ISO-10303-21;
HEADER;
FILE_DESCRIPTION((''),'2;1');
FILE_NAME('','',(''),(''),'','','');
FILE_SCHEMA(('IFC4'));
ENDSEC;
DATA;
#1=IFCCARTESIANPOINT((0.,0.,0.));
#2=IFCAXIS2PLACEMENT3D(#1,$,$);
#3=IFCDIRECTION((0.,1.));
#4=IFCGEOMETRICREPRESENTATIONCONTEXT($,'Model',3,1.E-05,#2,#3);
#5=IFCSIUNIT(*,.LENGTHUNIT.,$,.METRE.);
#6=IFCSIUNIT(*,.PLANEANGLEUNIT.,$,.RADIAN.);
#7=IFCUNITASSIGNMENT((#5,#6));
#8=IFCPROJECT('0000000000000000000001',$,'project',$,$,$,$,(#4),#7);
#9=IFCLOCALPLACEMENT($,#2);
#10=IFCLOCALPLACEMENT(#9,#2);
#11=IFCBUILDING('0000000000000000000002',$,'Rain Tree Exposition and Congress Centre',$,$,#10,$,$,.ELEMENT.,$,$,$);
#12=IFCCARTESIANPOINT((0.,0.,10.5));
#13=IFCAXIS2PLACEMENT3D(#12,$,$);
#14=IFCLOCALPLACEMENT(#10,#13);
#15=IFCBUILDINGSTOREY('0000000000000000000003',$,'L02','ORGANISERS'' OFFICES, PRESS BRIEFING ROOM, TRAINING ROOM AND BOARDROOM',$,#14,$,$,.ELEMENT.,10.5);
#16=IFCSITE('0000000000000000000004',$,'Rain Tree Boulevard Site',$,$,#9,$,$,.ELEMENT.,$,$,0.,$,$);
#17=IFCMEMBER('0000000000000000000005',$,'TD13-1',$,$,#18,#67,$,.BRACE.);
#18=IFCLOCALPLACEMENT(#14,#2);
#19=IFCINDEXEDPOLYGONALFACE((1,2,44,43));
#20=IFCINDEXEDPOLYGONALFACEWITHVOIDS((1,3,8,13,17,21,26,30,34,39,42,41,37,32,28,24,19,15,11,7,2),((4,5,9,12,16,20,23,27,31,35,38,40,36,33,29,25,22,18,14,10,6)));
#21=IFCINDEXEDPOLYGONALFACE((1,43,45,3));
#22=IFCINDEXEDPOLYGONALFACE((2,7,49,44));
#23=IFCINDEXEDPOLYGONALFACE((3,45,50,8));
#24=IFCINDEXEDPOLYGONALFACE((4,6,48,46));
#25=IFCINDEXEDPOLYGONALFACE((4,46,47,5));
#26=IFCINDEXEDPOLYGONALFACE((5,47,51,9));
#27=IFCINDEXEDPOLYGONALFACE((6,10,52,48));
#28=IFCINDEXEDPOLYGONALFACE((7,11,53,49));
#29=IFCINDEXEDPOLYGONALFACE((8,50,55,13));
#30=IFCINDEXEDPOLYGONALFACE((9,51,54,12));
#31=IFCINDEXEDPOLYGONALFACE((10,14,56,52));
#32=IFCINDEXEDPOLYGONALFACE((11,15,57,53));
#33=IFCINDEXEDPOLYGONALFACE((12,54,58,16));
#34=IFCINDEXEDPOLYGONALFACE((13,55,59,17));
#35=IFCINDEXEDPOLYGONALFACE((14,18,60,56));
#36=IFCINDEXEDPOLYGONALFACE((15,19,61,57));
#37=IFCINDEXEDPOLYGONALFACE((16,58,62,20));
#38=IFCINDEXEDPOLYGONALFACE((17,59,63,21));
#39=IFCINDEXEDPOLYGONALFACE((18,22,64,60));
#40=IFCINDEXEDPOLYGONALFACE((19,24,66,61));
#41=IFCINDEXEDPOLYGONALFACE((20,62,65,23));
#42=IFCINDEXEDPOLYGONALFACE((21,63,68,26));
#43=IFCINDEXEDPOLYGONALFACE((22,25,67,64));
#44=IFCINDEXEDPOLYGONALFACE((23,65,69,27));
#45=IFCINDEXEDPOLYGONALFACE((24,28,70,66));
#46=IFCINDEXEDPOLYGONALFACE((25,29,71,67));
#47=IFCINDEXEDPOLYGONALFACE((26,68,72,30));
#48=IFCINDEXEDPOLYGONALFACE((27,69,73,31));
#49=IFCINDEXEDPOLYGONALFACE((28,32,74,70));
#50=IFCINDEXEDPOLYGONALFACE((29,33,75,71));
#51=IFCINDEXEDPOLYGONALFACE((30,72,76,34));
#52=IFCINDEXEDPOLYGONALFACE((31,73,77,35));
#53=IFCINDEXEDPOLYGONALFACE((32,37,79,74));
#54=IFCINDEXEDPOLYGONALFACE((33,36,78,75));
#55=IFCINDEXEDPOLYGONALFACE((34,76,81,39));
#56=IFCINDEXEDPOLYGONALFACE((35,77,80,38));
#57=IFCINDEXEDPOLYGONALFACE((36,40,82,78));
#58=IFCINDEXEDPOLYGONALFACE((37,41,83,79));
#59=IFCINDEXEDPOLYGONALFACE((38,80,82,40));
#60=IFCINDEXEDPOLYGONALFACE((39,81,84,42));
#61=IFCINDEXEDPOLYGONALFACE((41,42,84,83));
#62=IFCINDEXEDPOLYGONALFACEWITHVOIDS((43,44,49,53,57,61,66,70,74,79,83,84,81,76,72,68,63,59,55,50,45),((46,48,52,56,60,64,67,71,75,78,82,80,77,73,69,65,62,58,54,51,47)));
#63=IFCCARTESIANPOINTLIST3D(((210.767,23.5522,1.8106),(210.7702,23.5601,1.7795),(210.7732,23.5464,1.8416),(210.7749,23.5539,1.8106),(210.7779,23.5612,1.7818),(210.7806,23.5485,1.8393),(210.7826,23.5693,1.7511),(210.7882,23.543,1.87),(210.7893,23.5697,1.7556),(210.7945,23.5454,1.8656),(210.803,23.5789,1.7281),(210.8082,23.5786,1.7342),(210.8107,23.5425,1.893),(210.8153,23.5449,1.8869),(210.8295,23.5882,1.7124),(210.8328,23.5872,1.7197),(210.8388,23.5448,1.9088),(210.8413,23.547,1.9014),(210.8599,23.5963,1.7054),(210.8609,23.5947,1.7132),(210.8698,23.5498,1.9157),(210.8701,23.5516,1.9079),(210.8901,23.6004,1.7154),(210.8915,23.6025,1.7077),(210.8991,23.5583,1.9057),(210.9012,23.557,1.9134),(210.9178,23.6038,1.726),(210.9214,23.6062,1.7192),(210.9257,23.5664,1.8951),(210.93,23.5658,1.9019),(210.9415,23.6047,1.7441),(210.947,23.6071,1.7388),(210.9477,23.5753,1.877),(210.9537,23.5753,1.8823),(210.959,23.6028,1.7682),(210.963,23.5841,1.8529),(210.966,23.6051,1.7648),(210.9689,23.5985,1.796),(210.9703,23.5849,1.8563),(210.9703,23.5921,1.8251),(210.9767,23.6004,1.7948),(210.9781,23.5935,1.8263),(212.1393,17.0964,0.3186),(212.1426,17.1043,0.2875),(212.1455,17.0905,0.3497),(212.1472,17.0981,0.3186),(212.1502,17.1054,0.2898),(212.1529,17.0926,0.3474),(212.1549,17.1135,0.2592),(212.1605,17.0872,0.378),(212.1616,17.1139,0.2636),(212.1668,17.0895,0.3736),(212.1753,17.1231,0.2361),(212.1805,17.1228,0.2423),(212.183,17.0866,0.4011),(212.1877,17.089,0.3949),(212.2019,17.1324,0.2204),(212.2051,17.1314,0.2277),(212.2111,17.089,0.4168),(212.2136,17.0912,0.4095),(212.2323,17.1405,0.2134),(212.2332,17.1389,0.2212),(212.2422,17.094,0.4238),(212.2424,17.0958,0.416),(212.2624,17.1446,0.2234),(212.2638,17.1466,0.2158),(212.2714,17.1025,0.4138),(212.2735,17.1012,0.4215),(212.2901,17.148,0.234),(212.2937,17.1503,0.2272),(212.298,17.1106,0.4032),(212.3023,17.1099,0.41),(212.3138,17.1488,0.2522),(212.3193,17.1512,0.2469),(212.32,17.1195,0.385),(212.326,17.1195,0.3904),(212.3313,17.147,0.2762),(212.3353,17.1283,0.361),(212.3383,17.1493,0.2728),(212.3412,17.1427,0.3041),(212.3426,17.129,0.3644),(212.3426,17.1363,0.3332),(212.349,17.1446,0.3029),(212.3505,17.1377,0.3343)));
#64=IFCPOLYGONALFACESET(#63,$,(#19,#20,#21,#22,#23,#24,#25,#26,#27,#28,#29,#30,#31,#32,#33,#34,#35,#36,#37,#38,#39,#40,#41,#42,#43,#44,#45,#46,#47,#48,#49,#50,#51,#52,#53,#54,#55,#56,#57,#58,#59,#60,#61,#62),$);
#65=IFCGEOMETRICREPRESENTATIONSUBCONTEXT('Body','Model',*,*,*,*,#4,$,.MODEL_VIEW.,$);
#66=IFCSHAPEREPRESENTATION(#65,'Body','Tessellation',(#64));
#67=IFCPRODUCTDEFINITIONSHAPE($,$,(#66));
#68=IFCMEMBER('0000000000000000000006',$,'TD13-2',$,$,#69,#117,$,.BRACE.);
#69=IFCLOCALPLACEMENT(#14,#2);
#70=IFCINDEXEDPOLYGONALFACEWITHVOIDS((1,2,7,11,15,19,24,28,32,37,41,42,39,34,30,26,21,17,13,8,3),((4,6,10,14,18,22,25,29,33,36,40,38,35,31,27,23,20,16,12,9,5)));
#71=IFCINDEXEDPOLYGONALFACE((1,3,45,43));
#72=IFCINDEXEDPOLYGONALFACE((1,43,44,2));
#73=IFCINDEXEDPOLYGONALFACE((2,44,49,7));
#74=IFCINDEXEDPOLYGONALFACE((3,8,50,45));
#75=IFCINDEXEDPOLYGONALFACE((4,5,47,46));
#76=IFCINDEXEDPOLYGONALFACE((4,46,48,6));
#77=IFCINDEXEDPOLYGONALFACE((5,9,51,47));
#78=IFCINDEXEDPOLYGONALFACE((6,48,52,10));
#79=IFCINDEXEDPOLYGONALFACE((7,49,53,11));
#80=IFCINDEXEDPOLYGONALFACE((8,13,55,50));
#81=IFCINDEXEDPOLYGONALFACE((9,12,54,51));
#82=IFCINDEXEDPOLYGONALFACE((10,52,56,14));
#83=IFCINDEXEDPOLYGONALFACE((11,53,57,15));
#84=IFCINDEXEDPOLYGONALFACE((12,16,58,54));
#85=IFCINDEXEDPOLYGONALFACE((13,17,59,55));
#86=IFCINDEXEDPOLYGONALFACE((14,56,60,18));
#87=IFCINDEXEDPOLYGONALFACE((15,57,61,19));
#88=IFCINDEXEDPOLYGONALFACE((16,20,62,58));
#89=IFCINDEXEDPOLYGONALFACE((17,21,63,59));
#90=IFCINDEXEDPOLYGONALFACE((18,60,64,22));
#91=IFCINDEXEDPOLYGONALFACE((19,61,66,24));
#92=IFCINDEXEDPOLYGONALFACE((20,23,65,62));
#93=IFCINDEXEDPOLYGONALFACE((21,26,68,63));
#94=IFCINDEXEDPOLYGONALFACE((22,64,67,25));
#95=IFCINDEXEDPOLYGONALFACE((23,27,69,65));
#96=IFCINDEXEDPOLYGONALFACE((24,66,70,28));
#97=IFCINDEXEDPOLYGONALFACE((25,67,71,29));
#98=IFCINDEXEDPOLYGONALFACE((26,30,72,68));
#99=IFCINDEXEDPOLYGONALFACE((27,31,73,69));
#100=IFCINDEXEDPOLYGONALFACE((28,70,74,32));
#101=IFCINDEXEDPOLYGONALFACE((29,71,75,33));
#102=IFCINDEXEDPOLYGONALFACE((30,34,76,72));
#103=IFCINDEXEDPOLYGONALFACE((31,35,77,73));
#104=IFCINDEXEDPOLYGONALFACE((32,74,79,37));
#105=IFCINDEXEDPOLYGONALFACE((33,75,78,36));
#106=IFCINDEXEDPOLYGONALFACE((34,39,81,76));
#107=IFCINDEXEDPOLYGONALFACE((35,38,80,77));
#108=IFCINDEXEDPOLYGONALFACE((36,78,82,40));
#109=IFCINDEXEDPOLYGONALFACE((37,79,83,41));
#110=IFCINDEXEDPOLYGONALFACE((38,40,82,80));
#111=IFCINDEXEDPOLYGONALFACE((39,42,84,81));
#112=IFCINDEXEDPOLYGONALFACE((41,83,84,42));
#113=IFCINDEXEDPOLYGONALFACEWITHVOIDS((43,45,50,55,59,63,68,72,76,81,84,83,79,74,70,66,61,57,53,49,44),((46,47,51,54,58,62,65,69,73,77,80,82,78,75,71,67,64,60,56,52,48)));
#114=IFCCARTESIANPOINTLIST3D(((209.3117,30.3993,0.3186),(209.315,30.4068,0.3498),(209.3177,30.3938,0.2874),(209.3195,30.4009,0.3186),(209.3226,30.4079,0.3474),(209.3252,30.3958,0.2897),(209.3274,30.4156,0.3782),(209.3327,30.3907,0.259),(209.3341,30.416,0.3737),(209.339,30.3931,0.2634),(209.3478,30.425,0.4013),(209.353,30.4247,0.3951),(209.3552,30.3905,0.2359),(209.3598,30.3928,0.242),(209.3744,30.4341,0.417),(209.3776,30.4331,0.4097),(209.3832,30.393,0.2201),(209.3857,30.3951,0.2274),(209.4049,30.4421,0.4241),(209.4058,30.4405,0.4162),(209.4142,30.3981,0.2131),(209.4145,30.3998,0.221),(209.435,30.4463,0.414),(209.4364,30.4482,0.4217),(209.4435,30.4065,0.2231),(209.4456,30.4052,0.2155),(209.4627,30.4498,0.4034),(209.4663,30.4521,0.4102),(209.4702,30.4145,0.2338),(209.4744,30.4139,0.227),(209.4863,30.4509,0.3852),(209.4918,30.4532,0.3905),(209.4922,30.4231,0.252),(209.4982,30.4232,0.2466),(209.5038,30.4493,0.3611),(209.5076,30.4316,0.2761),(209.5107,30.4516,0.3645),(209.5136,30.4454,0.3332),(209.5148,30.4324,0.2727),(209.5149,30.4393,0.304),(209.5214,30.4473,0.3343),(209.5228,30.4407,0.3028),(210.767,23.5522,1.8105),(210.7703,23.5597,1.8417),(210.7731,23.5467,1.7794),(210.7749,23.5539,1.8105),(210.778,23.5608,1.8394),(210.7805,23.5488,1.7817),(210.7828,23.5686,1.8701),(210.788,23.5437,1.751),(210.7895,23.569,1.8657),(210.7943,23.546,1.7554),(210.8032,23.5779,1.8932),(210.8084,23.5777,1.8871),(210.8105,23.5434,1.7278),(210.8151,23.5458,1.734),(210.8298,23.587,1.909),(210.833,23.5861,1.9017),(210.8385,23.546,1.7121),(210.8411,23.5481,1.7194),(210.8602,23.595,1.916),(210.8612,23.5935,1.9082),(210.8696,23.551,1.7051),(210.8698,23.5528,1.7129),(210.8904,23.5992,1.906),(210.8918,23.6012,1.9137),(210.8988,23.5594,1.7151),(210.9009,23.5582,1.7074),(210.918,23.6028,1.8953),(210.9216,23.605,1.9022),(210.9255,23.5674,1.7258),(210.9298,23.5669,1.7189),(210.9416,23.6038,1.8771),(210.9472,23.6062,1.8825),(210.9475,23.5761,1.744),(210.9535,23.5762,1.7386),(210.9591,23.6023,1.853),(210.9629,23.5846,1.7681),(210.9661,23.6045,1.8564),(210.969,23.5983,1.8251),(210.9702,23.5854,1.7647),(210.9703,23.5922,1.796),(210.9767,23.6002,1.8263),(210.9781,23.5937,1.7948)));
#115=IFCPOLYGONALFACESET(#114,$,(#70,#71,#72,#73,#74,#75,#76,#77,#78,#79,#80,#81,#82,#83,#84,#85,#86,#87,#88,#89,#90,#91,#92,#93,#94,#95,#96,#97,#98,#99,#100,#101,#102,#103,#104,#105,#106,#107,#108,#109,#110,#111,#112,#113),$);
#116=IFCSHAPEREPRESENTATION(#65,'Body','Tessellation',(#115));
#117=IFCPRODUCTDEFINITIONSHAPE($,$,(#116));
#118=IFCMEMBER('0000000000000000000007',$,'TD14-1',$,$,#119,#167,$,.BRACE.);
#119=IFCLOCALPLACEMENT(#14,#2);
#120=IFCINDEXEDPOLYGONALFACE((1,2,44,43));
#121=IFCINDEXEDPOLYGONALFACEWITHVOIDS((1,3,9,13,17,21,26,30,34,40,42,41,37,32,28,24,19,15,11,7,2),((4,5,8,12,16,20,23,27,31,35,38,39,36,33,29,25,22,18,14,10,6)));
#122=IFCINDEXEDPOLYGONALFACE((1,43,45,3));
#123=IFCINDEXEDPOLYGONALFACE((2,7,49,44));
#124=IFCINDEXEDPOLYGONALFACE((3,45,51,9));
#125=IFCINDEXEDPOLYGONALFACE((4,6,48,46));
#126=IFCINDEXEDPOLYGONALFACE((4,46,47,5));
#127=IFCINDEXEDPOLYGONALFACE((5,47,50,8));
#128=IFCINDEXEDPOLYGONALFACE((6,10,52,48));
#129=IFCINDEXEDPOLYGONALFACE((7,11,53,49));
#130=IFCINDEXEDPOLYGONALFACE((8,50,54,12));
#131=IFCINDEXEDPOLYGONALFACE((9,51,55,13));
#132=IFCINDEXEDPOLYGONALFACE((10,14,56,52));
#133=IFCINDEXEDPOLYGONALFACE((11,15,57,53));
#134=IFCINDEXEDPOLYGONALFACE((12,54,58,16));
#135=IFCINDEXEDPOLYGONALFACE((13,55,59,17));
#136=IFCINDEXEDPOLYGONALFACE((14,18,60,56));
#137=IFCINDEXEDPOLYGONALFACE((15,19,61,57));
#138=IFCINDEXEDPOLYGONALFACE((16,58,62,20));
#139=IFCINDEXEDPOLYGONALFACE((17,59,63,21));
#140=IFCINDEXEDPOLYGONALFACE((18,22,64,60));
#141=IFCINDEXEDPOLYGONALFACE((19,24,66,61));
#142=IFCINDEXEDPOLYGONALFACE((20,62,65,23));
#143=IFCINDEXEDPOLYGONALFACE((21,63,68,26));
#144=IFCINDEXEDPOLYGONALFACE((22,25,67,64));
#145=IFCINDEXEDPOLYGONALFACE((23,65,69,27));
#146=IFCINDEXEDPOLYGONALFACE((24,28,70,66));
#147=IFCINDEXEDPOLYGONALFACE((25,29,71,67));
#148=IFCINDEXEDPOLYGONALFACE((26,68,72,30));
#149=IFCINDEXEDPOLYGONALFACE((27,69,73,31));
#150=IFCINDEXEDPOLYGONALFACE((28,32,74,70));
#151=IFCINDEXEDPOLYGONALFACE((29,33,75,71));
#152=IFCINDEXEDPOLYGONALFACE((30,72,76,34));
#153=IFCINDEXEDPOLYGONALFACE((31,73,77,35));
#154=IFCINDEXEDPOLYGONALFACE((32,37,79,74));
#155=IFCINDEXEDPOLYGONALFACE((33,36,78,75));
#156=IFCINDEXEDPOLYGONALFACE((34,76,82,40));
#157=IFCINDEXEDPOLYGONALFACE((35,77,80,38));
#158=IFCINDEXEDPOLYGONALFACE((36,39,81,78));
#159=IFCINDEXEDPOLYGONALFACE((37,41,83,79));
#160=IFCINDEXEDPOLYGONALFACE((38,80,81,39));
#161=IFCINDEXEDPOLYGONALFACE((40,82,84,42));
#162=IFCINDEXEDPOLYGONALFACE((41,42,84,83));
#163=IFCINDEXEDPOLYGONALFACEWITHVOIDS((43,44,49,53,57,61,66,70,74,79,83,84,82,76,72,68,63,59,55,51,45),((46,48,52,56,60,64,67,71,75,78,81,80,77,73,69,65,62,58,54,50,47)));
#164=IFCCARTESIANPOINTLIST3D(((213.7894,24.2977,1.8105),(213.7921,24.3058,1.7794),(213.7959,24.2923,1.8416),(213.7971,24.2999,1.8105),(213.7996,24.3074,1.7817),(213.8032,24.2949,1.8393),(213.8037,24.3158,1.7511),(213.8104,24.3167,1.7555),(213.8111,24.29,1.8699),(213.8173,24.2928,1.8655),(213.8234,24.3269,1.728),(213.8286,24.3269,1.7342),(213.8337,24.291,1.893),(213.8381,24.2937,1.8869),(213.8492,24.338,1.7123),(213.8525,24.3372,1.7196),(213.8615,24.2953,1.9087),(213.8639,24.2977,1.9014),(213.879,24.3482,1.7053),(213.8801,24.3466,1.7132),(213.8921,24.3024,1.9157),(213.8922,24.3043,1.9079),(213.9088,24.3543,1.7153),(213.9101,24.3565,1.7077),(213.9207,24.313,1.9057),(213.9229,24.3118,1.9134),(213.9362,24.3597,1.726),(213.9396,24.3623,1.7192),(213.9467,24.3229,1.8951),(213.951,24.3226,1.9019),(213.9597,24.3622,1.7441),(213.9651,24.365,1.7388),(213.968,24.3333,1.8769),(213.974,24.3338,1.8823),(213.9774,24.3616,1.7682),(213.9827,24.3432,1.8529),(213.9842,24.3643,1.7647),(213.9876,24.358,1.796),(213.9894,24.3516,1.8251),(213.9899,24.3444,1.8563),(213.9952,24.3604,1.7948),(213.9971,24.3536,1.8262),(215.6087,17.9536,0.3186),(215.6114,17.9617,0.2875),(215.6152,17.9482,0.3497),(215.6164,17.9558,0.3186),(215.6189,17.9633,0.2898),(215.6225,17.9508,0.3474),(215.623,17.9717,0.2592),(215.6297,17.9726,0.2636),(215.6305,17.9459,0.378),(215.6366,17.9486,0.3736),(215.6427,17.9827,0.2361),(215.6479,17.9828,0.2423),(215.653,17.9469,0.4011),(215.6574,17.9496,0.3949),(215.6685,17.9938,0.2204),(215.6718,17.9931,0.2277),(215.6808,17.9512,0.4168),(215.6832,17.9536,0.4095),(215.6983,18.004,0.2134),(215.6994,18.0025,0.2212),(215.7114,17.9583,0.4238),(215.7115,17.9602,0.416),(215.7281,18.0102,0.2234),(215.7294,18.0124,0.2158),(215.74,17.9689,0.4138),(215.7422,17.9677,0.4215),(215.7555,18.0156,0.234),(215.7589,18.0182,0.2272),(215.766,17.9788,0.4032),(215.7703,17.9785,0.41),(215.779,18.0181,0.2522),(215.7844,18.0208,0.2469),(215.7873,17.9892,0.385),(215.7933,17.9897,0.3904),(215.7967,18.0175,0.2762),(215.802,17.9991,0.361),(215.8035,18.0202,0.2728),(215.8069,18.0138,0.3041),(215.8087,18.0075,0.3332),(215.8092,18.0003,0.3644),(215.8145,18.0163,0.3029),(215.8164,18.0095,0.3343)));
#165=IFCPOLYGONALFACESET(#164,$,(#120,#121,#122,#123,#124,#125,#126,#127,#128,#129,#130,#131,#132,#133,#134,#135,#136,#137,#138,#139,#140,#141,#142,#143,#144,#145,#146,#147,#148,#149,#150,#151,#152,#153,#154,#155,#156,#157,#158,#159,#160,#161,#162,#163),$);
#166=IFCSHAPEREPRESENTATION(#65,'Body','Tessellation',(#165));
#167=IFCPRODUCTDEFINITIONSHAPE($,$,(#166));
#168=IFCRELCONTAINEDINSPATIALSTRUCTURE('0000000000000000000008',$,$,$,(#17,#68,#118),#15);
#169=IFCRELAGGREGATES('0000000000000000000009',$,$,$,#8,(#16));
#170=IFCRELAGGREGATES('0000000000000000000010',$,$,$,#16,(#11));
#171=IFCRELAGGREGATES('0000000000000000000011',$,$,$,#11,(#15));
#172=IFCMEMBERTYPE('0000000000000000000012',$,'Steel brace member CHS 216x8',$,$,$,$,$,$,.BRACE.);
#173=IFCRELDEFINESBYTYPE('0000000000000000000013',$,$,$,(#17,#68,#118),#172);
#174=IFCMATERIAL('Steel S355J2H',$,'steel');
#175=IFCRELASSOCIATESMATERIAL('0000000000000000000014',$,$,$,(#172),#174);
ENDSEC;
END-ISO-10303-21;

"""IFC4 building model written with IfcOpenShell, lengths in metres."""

from ifc_helpers import new_model, si_unit, direction, frame, origin, origin_2d, place, context, subcontext, project, spatial, hollow_circle, extrude, material, material_profile, profile_set, type_object, element, save


model = new_model("IFC4")

# Units and contexts
model_context = context("Model", 3, precision=1e-05, world=origin(), true_north=direction((0.0, 1.0)))
body_context = subcontext(model_context, "Body", "Model", "MODEL_VIEW")
ifc_project = project(units=[si_unit("LENGTHUNIT", "METRE"), si_unit("PLANEANGLEUNIT", "RADIAN")], contexts=[model_context])

# Site, building, storey
site_placement = place(None, origin())
site = spatial("IfcSite", under=ifc_project, at=site_placement, Name="Rain Tree Boulevard Site", CompositionType="ELEMENT", RefElevation=0.0)
building_placement = place(site_placement, origin())
building = spatial("IfcBuilding", under=site, at=building_placement, Name="Rain Tree Exposition and Congress Centre", CompositionType="ELEMENT")
storey_placement = place(building_placement, frame((0.0, 0.0, 10.5)))
storey = spatial("IfcBuildingStorey", under=building, at=storey_placement, Name="L02", Description="ORGANISERS' OFFICES, PRESS BRIEFING ROOM, TRAINING ROOM AND BOARDROOM", CompositionType="ELEMENT", Elevation=10.5)

# Members
ifc_material_1 = material(Name="Steel S355J2H", Category="steel")
ifc_material_profile_1 = material_profile(ifc_material_1, hollow_circle(Radius=0.1082, WallThickness=0.0081, at=origin_2d()), Name="CHS 216x8")
ifc_profile_set_1 = profile_set([ifc_material_profile_1], Name="Steel S355J2H")
member_type_1 = type_object("IfcMemberType", Name="Steel brace member CHS 216x8", PredefinedType="BRACE", material=ifc_profile_set_1)
member_1_placement = place(storey_placement, frame((212.2451, 17.1189, 0.3186), z_axis=(-0.202808, 0.954073, 0.220487), x_axis=(-0.978145, -0.207925, 0.0)))
element("IfcMember", 1, at=member_1_placement, inside=storey, type_object=member_type_1, Name="TD13-1", PredefinedType="BRACE", context=body_context, shape_type="SweptSolid", body=[
    extrude(hollow_circle(Radius=0.1082, WallThickness=0.0081, at=origin_2d()), origin(), (0.0, 0.0, 1.0), 6.7666),
])
member_2_placement = place(storey_placement, frame((210.8728, 23.5747, 1.8105), z_axis=(-0.203339, 0.95666, -0.208456), x_axis=(-0.978149, -0.207907, 0.0)))
element("IfcMember", 2, at=member_2_placement, inside=storey, type_object=member_type_1, Name="TD13-2", PredefinedType="BRACE", context=body_context, shape_type="SweptSolid", body=[
    extrude(hollow_circle(Radius=0.1082, WallThickness=0.0081, at=origin_2d()), origin(), (0.0, 0.0, 1.0), 7.1572),
])
member_3_placement = place(storey_placement, frame((215.7126, 17.9834, 0.3186), z_axis=(-0.268875, 0.937598, 0.22049), x_axis=(-0.961255, -0.275659, 0.0)))
element("IfcMember", 3, at=member_3_placement, inside=storey, type_object=member_type_1, Name="TD14-1", PredefinedType="BRACE", context=body_context, shape_type="SweptSolid", body=[
    extrude(hollow_circle(Radius=0.1082, WallThickness=0.0081, at=origin_2d()), origin(), (0.0, 0.0, 1.0), 6.7664),
])

save(model, "model.ifc")
